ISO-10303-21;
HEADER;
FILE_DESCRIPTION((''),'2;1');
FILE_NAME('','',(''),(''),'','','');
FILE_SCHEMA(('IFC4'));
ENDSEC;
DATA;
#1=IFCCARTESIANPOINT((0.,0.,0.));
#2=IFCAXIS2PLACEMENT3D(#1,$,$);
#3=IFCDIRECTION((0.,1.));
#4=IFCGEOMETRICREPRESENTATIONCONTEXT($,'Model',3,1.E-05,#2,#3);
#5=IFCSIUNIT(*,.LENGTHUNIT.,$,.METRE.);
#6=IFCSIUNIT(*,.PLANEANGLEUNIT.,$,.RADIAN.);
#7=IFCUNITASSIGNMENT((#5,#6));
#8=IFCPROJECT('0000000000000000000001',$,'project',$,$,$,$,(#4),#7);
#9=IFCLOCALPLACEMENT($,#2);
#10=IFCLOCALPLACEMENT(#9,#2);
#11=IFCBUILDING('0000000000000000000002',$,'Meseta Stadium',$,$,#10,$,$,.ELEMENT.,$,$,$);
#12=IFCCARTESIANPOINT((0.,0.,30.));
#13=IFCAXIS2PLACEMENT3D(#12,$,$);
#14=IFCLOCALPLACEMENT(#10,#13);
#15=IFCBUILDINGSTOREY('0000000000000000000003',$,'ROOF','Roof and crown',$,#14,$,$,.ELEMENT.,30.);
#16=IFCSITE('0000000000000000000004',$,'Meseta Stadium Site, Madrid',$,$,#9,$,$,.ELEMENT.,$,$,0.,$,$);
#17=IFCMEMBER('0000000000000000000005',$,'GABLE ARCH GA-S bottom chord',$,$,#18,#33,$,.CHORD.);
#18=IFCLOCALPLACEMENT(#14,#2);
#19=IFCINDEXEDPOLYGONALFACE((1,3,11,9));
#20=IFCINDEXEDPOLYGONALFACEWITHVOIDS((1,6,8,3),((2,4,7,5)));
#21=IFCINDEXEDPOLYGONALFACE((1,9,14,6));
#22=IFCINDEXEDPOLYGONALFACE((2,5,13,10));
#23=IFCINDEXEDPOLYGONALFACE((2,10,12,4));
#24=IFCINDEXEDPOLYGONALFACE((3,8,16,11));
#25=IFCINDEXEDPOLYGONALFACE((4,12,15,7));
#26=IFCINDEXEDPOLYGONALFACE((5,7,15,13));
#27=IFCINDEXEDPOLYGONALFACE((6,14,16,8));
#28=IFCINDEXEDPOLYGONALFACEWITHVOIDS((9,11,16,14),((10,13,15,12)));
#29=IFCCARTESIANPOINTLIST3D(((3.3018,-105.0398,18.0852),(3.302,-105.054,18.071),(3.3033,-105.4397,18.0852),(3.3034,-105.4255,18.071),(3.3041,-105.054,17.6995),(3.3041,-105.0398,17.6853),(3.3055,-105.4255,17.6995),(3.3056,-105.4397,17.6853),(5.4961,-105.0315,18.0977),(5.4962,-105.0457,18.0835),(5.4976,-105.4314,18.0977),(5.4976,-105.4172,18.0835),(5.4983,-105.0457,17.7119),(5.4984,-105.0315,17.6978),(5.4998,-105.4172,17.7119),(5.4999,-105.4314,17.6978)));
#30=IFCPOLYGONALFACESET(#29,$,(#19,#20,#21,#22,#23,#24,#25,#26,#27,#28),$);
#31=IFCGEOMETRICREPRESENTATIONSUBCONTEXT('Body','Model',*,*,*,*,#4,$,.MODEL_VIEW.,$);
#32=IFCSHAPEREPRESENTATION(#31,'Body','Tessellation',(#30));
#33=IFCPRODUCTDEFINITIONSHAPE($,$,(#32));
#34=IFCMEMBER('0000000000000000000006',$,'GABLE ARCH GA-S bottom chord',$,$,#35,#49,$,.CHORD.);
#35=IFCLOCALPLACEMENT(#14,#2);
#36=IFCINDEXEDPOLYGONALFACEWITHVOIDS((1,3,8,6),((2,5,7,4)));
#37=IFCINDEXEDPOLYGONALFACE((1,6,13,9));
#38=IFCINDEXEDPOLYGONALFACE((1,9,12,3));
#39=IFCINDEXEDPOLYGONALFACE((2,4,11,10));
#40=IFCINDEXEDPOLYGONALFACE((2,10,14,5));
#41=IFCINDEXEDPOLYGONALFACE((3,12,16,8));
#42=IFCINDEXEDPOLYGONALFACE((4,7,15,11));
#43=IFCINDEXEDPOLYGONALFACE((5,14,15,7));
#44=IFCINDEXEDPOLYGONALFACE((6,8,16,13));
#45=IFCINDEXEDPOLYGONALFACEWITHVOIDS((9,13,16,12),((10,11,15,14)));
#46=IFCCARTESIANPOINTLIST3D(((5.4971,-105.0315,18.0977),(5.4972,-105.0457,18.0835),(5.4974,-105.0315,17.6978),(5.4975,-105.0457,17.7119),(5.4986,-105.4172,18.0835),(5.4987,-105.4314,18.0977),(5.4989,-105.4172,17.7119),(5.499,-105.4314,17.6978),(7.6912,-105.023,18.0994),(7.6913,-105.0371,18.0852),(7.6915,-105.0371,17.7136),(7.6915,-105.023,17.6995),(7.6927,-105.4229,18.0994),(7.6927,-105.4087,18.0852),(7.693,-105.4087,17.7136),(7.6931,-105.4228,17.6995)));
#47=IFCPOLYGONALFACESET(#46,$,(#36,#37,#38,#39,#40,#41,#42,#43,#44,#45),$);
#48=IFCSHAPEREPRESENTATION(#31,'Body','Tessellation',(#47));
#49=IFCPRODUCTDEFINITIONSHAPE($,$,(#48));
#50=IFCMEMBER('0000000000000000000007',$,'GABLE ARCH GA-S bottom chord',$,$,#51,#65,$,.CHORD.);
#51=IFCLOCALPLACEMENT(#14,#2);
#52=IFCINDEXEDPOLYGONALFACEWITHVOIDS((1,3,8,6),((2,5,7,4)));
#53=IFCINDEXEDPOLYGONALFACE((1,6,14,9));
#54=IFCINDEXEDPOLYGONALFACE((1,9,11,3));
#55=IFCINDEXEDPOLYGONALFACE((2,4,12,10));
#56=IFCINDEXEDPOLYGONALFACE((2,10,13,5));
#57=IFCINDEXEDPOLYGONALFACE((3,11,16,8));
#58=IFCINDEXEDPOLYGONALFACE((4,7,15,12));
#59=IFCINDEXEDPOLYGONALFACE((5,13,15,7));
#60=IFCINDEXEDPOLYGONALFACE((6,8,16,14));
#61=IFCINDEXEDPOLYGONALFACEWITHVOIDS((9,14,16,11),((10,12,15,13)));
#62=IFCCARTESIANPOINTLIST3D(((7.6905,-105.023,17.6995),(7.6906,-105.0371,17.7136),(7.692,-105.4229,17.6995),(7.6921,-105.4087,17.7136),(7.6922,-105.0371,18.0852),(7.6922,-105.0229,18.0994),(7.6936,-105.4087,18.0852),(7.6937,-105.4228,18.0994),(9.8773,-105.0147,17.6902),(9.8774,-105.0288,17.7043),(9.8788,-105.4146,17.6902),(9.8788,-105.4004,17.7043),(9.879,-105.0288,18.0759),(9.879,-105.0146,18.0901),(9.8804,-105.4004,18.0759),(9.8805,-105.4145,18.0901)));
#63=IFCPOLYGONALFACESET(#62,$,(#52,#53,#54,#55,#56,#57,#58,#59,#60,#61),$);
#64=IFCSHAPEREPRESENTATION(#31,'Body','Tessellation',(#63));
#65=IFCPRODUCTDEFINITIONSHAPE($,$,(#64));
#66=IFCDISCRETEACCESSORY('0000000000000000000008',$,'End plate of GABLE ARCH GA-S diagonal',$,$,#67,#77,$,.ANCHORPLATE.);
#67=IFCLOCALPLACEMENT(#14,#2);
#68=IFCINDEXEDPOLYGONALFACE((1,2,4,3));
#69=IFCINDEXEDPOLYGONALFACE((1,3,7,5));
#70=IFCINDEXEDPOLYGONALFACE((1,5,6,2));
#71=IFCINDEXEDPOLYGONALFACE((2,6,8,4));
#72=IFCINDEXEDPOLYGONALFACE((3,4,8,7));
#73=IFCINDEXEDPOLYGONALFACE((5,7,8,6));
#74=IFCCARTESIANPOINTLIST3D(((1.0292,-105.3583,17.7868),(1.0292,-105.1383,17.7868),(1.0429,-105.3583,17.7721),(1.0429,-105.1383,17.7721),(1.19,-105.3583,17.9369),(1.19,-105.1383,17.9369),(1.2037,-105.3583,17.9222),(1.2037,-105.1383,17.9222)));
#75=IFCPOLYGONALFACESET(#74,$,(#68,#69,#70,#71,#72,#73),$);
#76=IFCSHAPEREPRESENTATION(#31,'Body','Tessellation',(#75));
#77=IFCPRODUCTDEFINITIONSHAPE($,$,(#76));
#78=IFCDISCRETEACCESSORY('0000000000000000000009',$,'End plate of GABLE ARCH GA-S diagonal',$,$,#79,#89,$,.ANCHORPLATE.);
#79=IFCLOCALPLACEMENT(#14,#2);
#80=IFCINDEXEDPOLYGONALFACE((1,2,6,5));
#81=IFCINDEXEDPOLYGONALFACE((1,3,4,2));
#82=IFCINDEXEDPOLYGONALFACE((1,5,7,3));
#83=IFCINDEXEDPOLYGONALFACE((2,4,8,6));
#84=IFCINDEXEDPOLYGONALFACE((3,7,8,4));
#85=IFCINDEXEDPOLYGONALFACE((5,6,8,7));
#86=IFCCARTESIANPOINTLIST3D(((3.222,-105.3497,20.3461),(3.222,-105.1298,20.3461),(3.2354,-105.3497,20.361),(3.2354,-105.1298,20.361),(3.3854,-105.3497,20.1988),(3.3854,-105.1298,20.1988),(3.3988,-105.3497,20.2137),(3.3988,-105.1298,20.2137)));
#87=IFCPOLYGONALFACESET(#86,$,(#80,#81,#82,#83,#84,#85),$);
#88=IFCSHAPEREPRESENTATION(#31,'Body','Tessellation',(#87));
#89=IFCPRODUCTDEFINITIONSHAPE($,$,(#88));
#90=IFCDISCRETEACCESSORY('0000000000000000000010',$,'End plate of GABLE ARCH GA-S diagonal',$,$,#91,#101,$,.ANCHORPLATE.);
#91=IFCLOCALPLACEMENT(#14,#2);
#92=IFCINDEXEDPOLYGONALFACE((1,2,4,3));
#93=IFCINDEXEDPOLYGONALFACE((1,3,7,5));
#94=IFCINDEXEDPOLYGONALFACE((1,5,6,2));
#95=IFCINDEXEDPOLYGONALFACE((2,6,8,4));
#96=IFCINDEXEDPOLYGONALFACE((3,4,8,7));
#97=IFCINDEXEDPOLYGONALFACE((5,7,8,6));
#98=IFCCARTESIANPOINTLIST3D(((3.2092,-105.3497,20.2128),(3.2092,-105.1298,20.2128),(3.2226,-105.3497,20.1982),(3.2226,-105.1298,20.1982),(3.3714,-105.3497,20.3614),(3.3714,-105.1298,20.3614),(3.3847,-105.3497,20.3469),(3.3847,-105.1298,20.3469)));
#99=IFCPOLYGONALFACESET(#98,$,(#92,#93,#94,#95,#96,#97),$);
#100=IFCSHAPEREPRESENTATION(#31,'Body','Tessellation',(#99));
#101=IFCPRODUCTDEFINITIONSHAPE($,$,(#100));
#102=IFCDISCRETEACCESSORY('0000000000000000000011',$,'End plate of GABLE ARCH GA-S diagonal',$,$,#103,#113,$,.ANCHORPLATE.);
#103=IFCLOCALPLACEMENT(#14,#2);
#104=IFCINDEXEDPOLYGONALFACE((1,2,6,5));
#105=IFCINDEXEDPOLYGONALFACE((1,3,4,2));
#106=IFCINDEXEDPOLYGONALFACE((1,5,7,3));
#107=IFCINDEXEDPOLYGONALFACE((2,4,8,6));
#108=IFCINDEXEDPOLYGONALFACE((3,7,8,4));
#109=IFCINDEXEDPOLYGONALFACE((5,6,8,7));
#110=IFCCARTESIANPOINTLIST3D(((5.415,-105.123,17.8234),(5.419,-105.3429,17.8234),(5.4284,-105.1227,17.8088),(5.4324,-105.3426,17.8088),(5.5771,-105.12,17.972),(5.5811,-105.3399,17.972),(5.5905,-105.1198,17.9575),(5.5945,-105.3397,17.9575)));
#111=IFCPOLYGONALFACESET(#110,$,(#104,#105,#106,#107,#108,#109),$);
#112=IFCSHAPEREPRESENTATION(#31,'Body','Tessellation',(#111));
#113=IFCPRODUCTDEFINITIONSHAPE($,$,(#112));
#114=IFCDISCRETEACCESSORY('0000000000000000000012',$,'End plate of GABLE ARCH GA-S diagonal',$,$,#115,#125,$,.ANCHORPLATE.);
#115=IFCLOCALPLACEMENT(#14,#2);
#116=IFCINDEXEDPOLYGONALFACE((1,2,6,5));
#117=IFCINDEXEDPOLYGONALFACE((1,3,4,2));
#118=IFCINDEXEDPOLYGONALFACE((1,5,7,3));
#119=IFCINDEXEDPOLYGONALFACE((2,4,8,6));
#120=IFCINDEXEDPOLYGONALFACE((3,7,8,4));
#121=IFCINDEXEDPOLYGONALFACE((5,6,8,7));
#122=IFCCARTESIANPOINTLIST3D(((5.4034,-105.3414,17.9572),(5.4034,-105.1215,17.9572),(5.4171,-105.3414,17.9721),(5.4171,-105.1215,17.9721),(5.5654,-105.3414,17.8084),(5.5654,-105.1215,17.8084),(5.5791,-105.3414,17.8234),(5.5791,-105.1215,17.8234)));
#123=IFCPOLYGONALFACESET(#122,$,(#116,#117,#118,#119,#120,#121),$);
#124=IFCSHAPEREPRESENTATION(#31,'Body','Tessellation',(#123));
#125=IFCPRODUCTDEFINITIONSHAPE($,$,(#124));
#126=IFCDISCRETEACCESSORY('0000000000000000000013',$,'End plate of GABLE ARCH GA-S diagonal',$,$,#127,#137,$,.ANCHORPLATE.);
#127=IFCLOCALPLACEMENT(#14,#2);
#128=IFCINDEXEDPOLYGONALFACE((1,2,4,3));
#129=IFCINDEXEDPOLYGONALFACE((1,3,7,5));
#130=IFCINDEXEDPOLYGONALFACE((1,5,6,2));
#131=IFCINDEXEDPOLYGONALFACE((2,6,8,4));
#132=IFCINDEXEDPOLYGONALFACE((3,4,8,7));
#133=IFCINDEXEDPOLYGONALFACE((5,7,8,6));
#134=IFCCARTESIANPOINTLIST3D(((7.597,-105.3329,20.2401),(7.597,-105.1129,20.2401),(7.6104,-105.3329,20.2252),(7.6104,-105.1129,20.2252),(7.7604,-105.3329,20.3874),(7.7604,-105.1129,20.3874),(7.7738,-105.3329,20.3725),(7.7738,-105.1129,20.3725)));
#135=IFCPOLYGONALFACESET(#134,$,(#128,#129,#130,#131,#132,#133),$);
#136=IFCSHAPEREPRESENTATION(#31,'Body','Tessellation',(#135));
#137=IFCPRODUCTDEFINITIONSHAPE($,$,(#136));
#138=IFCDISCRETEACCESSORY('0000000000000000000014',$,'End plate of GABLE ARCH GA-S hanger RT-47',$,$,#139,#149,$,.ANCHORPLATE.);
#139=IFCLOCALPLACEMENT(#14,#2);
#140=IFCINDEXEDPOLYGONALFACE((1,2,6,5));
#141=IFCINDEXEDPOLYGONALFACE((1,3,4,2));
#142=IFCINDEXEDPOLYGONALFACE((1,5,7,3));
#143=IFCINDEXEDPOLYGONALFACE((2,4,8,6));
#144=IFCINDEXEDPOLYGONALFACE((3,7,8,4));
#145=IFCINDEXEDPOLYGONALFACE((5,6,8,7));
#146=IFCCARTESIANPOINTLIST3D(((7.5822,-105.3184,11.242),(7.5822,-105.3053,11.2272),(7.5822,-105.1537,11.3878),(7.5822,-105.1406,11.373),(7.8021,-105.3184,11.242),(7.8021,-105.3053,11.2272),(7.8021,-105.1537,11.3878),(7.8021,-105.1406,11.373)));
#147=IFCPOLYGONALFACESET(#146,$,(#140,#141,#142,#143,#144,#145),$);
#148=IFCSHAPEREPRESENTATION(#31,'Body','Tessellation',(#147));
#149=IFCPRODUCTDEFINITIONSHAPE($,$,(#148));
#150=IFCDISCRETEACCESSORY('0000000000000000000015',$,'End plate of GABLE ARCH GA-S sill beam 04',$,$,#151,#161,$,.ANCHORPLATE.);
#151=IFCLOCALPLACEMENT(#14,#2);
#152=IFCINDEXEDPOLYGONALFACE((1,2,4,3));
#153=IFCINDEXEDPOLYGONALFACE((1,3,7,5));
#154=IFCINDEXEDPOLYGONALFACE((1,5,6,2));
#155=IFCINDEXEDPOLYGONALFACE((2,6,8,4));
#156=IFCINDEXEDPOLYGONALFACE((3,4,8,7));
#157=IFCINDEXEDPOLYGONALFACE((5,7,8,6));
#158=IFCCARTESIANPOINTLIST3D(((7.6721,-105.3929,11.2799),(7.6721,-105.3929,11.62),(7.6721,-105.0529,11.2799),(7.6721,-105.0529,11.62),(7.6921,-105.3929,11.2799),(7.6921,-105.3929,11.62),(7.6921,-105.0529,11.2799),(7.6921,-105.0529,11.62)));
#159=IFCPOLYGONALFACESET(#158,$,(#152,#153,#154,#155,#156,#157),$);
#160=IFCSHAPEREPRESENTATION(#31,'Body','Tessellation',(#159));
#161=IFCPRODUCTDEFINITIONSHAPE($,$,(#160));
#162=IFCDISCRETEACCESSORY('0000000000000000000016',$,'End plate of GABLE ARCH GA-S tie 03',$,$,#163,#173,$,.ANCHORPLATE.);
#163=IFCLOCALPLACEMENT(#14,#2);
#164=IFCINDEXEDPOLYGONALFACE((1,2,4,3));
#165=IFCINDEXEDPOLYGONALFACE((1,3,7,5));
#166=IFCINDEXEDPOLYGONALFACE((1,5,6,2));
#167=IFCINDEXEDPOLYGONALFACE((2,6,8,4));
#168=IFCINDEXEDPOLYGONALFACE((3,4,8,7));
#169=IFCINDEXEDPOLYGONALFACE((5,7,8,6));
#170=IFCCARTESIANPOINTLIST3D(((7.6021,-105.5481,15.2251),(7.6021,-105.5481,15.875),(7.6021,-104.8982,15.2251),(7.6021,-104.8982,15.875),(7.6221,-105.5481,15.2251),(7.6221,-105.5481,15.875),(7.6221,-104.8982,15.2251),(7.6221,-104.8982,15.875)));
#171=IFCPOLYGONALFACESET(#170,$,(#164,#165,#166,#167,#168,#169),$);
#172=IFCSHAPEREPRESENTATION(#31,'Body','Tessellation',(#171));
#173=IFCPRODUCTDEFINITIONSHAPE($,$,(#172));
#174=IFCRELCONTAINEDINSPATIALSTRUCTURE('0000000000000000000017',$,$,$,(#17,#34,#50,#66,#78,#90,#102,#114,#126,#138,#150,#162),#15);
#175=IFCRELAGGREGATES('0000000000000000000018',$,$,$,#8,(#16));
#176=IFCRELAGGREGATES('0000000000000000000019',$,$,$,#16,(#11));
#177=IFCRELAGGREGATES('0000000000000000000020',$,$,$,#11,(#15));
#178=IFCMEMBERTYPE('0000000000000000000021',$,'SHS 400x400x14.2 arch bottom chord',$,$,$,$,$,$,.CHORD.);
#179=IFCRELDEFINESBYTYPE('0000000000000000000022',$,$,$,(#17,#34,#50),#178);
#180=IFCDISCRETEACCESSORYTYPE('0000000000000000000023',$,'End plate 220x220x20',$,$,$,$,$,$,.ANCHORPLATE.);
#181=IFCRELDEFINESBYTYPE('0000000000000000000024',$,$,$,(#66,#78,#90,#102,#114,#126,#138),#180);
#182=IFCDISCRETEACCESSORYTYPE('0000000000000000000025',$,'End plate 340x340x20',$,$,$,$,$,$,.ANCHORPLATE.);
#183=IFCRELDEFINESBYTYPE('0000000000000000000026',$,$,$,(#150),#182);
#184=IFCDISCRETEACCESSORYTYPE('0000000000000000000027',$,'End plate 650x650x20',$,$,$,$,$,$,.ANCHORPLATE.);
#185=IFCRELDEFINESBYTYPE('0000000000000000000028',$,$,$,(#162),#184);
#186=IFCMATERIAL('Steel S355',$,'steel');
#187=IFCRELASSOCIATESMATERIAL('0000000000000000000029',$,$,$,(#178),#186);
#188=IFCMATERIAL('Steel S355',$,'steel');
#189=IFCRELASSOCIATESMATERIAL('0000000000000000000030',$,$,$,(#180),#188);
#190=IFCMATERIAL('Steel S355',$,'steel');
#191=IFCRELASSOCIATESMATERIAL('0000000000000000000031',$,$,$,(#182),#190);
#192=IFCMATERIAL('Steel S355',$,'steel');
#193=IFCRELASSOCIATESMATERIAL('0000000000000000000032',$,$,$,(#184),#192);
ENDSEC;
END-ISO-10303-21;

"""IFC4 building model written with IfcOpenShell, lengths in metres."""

from ifc_helpers import new_model, si_unit, direction, frame, origin, origin_2d, place, context, subcontext, project, spatial, rectangle, hollow_rectangle, extrude, material, material_profile, profile_set, type_object, element, save


model = new_model("IFC4")

# Units and contexts
model_context = context("Model", 3, precision=1e-05, world=origin(), true_north=direction((0.0, 1.0)))
body_context = subcontext(model_context, "Body", "Model", "MODEL_VIEW")
ifc_project = project(units=[si_unit("LENGTHUNIT", "METRE"), si_unit("PLANEANGLEUNIT", "RADIAN")], contexts=[model_context])

# Site, building, storey
site_placement = place(None, origin())
site = spatial("IfcSite", under=ifc_project, at=site_placement, Name="Meseta Stadium Site, Madrid", CompositionType="ELEMENT", RefElevation=0.0)
building_placement = place(site_placement, origin())
building = spatial("IfcBuilding", under=site, at=building_placement, Name="Meseta Stadium", CompositionType="ELEMENT")
storey_placement = place(building_placement, frame((0.0, 0.0, 30.0)))
storey = spatial("IfcBuildingStorey", under=building, at=storey_placement, Name="ROOF", Description="Roof and crown", CompositionType="ELEMENT", Elevation=30.0)

# Members
ifc_material_1 = material(Name="Steel S355", Category="steel")
ifc_material_profile_1 = material_profile(ifc_material_1, hollow_rectangle(XDim=0.3999, YDim=0.3999, WallThickness=0.0142, at=origin_2d()), Name="SHS 400x400x14.2")
ifc_profile_set_1 = profile_set([ifc_material_profile_1], Name="Steel S355")
member_type_1 = type_object("IfcMemberType", Name="SHS 400x400x14.2 arch bottom chord", PredefinedType="CHORD", material=ifc_profile_set_1)
member_1_placement = place(storey_placement, frame((3.3037, -105.2397, 17.8853), z_axis=(0.999977, 0.003783, 0.005674), x_axis=(-0.003783, 0.999993, 0.0)))
element("IfcMember", 1, at=member_1_placement, inside=storey, type_object=member_type_1, Name="GABLE ARCH GA-S bottom chord", PredefinedType="CHORD", context=body_context, shape_type="SweptSolid", body=[
    extrude(hollow_rectangle(XDim=0.3999, YDim=0.3999, WallThickness=0.0142, at=origin_2d()), origin(), (0.0, 0.0, 1.0), 2.1943),
])
member_2_placement = place(storey_placement, frame((5.498, -105.2314, 17.8977), z_axis=(0.999992, 0.003894, 0.000779), x_axis=(-0.003894, 0.999992, 0.0)))
element("IfcMember", 2, at=member_2_placement, inside=storey, type_object=member_type_1, Name="GABLE ARCH GA-S bottom chord", PredefinedType="CHORD", context=body_context, shape_type="SweptSolid", body=[
    extrude(hollow_rectangle(XDim=0.3999, YDim=0.3999, WallThickness=0.0142, at=origin_2d()), origin(), (0.0, 0.0, 1.0), 2.1941),
])
member_3_placement = place(storey_placement, frame((7.6921, -105.2229, 17.8994), z_axis=(0.999984, 0.003796, -0.004242), x_axis=(-0.003796, 0.999993, 0.0)))
element("IfcMember", 3, at=member_3_placement, inside=storey, type_object=member_type_1, Name="GABLE ARCH GA-S bottom chord", PredefinedType="CHORD", context=body_context, shape_type="SweptSolid", body=[
    extrude(hollow_rectangle(XDim=0.3999, YDim=0.3999, WallThickness=0.0142, at=origin_2d()), origin(), (0.0, 0.0, 1.0), 2.1868),
])

# Discrete accessories
ifc_material_2 = material(Name="Steel S355", Category="steel")
ifc_material_profile_2 = material_profile(ifc_material_2, rectangle(XDim=0.22, YDim=0.22, at=origin_2d()), Name="PL 220x220")
ifc_profile_set_2 = profile_set([ifc_material_profile_2], Name="Steel S355")
discrete_accessory_type_1 = type_object("IfcDiscreteAccessoryType", Name="End plate 220x220x20", PredefinedType="ANCHORPLATE", material=ifc_profile_set_2)
for number, where, z_axis, x_axis, name in (
    (4, (1.1096, -105.2483, 17.8618), (0.682318, 0.0, -0.731055), (0.0, 1.0, 0.0), "End plate of GABLE ARCH GA-S diagonal"),
    (5, (3.3037, -105.2397, 20.2725), (0.669637, 0.0, 0.742688), (0.0, 1.0, 0.0), "End plate of GABLE ARCH GA-S diagonal"),
):
    element("IfcDiscreteAccessory", number, at=place(storey_placement, frame(where, z_axis=z_axis, x_axis=x_axis)), inside=storey, type_object=discrete_accessory_type_1, Name=name, PredefinedType="ANCHORPLATE", context=body_context, shape_type="SweptSolid", body=[
        extrude(rectangle(XDim=0.22, YDim=0.22, at=origin_2d()), origin(), (0.0, 0.0, 1.0), 0.02),
    ])
for number, where, z_axis, x_axis, name in (
    (6, (3.2903, -105.2397, 20.2871), (0.675725, 0.0, -0.737154), (0.0, 1.0, 0.0), "End plate of GABLE ARCH GA-S diagonal"),
    (7, (5.498, -105.2314, 17.8977), (0.675674, 0.012285, -0.737099), (-0.018179, 0.999835, 0.0), "End plate of GABLE ARCH GA-S diagonal"),
):
    element("IfcDiscreteAccessory", number, at=place(storey_placement, frame(where, z_axis=z_axis, x_axis=x_axis)), inside=storey, type_object=discrete_accessory_type_1, Name=name, PredefinedType="ANCHORPLATE", context=body_context, shape_type="SweptSolid", body=[
        extrude(rectangle(XDim=0.22, YDim=0.22, at=origin_2d()), origin(), (0.0, 0.0, 1.0), 0.0198),
    ])
discrete_accessory_1_placement = place(storey_placement, frame((5.4844, -105.2314, 17.8828), z_axis=(0.676271, 0.0, 0.736653), x_axis=(0.0, 1.0, 0.0)))
element("IfcDiscreteAccessory", 8, at=discrete_accessory_1_placement, inside=storey, type_object=discrete_accessory_type_1, Name="End plate of GABLE ARCH GA-S diagonal", PredefinedType="ANCHORPLATE", context=body_context, shape_type="SweptSolid", body=[
    extrude(rectangle(XDim=0.22, YDim=0.22, at=origin_2d()), origin(), (0.0, 0.0, 1.0), 0.0203),
])
discrete_accessory_2_placement = place(storey_placement, frame((7.6787, -105.2229, 20.3137), z_axis=(0.669637, 0.0, -0.742688), x_axis=(0.0, 1.0, 0.0)))
element("IfcDiscreteAccessory", 9, at=discrete_accessory_2_placement, inside=storey, type_object=discrete_accessory_type_1, Name="End plate of GABLE ARCH GA-S diagonal", PredefinedType="ANCHORPLATE", context=body_context, shape_type="SweptSolid", body=[
    extrude(rectangle(XDim=0.22, YDim=0.22, at=origin_2d()), origin(), (0.0, 0.0, 1.0), 0.02),
])
discrete_accessory_3_placement = place(storey_placement, frame((7.6921, -105.2361, 11.3149), z_axis=(0.0, 0.662839, -0.748762), x_axis=(-1.0, 0.0, 0.0)))
element("IfcDiscreteAccessory", 10, at=discrete_accessory_3_placement, inside=storey, type_object=discrete_accessory_type_1, Name="End plate of GABLE ARCH GA-S hanger RT-47", PredefinedType="ANCHORPLATE", context=body_context, shape_type="SweptSolid", body=[
    extrude(rectangle(XDim=0.22, YDim=0.22, at=origin_2d()), origin(), (0.0, 0.0, 1.0), 0.0198),
])
ifc_material_3 = material(Name="Steel S355", Category="steel")
ifc_material_profile_3 = material_profile(ifc_material_3, rectangle(XDim=0.3401, YDim=0.3401, at=origin_2d()), Name="PL 340x340")
ifc_profile_set_3 = profile_set([ifc_material_profile_3], Name="Steel S355")
discrete_accessory_type_2 = type_object("IfcDiscreteAccessoryType", Name="End plate 340x340x20", PredefinedType="ANCHORPLATE", material=ifc_profile_set_3)
discrete_accessory_4_placement = place(storey_placement, frame((7.6721, -105.2229, 11.45), z_axis=(1.0, 0.0, 0.0), x_axis=(0.0, 1.0, 0.0)))
element("IfcDiscreteAccessory", 11, at=discrete_accessory_4_placement, inside=storey, type_object=discrete_accessory_type_2, Name="End plate of GABLE ARCH GA-S sill beam 04", PredefinedType="ANCHORPLATE", context=body_context, shape_type="SweptSolid", body=[
    extrude(rectangle(XDim=0.3401, YDim=0.3401, at=origin_2d()), origin(), (0.0, 0.0, 1.0), 0.02),
])
ifc_material_4 = material(Name="Steel S355", Category="steel")
ifc_material_profile_4 = material_profile(ifc_material_4, rectangle(XDim=0.6499, YDim=0.6499, at=origin_2d()), Name="PL 650x650")
ifc_profile_set_4 = profile_set([ifc_material_profile_4], Name="Steel S355")
discrete_accessory_type_3 = type_object("IfcDiscreteAccessoryType", Name="End plate 650x650x20", PredefinedType="ANCHORPLATE", material=ifc_profile_set_4)
discrete_accessory_5_placement = place(storey_placement, frame((7.6021, -105.2231, 15.55), z_axis=(1.0, 0.0, 0.0), x_axis=(0.0, 1.0, 0.0)))
element("IfcDiscreteAccessory", 12, at=discrete_accessory_5_placement, inside=storey, type_object=discrete_accessory_type_3, Name="End plate of GABLE ARCH GA-S tie 03", PredefinedType="ANCHORPLATE", context=body_context, shape_type="SweptSolid", body=[
    extrude(rectangle(XDim=0.6499, YDim=0.6499, at=origin_2d()), origin(), (0.0, 0.0, 1.0), 0.02),
])

save(model, "model.ifc")
